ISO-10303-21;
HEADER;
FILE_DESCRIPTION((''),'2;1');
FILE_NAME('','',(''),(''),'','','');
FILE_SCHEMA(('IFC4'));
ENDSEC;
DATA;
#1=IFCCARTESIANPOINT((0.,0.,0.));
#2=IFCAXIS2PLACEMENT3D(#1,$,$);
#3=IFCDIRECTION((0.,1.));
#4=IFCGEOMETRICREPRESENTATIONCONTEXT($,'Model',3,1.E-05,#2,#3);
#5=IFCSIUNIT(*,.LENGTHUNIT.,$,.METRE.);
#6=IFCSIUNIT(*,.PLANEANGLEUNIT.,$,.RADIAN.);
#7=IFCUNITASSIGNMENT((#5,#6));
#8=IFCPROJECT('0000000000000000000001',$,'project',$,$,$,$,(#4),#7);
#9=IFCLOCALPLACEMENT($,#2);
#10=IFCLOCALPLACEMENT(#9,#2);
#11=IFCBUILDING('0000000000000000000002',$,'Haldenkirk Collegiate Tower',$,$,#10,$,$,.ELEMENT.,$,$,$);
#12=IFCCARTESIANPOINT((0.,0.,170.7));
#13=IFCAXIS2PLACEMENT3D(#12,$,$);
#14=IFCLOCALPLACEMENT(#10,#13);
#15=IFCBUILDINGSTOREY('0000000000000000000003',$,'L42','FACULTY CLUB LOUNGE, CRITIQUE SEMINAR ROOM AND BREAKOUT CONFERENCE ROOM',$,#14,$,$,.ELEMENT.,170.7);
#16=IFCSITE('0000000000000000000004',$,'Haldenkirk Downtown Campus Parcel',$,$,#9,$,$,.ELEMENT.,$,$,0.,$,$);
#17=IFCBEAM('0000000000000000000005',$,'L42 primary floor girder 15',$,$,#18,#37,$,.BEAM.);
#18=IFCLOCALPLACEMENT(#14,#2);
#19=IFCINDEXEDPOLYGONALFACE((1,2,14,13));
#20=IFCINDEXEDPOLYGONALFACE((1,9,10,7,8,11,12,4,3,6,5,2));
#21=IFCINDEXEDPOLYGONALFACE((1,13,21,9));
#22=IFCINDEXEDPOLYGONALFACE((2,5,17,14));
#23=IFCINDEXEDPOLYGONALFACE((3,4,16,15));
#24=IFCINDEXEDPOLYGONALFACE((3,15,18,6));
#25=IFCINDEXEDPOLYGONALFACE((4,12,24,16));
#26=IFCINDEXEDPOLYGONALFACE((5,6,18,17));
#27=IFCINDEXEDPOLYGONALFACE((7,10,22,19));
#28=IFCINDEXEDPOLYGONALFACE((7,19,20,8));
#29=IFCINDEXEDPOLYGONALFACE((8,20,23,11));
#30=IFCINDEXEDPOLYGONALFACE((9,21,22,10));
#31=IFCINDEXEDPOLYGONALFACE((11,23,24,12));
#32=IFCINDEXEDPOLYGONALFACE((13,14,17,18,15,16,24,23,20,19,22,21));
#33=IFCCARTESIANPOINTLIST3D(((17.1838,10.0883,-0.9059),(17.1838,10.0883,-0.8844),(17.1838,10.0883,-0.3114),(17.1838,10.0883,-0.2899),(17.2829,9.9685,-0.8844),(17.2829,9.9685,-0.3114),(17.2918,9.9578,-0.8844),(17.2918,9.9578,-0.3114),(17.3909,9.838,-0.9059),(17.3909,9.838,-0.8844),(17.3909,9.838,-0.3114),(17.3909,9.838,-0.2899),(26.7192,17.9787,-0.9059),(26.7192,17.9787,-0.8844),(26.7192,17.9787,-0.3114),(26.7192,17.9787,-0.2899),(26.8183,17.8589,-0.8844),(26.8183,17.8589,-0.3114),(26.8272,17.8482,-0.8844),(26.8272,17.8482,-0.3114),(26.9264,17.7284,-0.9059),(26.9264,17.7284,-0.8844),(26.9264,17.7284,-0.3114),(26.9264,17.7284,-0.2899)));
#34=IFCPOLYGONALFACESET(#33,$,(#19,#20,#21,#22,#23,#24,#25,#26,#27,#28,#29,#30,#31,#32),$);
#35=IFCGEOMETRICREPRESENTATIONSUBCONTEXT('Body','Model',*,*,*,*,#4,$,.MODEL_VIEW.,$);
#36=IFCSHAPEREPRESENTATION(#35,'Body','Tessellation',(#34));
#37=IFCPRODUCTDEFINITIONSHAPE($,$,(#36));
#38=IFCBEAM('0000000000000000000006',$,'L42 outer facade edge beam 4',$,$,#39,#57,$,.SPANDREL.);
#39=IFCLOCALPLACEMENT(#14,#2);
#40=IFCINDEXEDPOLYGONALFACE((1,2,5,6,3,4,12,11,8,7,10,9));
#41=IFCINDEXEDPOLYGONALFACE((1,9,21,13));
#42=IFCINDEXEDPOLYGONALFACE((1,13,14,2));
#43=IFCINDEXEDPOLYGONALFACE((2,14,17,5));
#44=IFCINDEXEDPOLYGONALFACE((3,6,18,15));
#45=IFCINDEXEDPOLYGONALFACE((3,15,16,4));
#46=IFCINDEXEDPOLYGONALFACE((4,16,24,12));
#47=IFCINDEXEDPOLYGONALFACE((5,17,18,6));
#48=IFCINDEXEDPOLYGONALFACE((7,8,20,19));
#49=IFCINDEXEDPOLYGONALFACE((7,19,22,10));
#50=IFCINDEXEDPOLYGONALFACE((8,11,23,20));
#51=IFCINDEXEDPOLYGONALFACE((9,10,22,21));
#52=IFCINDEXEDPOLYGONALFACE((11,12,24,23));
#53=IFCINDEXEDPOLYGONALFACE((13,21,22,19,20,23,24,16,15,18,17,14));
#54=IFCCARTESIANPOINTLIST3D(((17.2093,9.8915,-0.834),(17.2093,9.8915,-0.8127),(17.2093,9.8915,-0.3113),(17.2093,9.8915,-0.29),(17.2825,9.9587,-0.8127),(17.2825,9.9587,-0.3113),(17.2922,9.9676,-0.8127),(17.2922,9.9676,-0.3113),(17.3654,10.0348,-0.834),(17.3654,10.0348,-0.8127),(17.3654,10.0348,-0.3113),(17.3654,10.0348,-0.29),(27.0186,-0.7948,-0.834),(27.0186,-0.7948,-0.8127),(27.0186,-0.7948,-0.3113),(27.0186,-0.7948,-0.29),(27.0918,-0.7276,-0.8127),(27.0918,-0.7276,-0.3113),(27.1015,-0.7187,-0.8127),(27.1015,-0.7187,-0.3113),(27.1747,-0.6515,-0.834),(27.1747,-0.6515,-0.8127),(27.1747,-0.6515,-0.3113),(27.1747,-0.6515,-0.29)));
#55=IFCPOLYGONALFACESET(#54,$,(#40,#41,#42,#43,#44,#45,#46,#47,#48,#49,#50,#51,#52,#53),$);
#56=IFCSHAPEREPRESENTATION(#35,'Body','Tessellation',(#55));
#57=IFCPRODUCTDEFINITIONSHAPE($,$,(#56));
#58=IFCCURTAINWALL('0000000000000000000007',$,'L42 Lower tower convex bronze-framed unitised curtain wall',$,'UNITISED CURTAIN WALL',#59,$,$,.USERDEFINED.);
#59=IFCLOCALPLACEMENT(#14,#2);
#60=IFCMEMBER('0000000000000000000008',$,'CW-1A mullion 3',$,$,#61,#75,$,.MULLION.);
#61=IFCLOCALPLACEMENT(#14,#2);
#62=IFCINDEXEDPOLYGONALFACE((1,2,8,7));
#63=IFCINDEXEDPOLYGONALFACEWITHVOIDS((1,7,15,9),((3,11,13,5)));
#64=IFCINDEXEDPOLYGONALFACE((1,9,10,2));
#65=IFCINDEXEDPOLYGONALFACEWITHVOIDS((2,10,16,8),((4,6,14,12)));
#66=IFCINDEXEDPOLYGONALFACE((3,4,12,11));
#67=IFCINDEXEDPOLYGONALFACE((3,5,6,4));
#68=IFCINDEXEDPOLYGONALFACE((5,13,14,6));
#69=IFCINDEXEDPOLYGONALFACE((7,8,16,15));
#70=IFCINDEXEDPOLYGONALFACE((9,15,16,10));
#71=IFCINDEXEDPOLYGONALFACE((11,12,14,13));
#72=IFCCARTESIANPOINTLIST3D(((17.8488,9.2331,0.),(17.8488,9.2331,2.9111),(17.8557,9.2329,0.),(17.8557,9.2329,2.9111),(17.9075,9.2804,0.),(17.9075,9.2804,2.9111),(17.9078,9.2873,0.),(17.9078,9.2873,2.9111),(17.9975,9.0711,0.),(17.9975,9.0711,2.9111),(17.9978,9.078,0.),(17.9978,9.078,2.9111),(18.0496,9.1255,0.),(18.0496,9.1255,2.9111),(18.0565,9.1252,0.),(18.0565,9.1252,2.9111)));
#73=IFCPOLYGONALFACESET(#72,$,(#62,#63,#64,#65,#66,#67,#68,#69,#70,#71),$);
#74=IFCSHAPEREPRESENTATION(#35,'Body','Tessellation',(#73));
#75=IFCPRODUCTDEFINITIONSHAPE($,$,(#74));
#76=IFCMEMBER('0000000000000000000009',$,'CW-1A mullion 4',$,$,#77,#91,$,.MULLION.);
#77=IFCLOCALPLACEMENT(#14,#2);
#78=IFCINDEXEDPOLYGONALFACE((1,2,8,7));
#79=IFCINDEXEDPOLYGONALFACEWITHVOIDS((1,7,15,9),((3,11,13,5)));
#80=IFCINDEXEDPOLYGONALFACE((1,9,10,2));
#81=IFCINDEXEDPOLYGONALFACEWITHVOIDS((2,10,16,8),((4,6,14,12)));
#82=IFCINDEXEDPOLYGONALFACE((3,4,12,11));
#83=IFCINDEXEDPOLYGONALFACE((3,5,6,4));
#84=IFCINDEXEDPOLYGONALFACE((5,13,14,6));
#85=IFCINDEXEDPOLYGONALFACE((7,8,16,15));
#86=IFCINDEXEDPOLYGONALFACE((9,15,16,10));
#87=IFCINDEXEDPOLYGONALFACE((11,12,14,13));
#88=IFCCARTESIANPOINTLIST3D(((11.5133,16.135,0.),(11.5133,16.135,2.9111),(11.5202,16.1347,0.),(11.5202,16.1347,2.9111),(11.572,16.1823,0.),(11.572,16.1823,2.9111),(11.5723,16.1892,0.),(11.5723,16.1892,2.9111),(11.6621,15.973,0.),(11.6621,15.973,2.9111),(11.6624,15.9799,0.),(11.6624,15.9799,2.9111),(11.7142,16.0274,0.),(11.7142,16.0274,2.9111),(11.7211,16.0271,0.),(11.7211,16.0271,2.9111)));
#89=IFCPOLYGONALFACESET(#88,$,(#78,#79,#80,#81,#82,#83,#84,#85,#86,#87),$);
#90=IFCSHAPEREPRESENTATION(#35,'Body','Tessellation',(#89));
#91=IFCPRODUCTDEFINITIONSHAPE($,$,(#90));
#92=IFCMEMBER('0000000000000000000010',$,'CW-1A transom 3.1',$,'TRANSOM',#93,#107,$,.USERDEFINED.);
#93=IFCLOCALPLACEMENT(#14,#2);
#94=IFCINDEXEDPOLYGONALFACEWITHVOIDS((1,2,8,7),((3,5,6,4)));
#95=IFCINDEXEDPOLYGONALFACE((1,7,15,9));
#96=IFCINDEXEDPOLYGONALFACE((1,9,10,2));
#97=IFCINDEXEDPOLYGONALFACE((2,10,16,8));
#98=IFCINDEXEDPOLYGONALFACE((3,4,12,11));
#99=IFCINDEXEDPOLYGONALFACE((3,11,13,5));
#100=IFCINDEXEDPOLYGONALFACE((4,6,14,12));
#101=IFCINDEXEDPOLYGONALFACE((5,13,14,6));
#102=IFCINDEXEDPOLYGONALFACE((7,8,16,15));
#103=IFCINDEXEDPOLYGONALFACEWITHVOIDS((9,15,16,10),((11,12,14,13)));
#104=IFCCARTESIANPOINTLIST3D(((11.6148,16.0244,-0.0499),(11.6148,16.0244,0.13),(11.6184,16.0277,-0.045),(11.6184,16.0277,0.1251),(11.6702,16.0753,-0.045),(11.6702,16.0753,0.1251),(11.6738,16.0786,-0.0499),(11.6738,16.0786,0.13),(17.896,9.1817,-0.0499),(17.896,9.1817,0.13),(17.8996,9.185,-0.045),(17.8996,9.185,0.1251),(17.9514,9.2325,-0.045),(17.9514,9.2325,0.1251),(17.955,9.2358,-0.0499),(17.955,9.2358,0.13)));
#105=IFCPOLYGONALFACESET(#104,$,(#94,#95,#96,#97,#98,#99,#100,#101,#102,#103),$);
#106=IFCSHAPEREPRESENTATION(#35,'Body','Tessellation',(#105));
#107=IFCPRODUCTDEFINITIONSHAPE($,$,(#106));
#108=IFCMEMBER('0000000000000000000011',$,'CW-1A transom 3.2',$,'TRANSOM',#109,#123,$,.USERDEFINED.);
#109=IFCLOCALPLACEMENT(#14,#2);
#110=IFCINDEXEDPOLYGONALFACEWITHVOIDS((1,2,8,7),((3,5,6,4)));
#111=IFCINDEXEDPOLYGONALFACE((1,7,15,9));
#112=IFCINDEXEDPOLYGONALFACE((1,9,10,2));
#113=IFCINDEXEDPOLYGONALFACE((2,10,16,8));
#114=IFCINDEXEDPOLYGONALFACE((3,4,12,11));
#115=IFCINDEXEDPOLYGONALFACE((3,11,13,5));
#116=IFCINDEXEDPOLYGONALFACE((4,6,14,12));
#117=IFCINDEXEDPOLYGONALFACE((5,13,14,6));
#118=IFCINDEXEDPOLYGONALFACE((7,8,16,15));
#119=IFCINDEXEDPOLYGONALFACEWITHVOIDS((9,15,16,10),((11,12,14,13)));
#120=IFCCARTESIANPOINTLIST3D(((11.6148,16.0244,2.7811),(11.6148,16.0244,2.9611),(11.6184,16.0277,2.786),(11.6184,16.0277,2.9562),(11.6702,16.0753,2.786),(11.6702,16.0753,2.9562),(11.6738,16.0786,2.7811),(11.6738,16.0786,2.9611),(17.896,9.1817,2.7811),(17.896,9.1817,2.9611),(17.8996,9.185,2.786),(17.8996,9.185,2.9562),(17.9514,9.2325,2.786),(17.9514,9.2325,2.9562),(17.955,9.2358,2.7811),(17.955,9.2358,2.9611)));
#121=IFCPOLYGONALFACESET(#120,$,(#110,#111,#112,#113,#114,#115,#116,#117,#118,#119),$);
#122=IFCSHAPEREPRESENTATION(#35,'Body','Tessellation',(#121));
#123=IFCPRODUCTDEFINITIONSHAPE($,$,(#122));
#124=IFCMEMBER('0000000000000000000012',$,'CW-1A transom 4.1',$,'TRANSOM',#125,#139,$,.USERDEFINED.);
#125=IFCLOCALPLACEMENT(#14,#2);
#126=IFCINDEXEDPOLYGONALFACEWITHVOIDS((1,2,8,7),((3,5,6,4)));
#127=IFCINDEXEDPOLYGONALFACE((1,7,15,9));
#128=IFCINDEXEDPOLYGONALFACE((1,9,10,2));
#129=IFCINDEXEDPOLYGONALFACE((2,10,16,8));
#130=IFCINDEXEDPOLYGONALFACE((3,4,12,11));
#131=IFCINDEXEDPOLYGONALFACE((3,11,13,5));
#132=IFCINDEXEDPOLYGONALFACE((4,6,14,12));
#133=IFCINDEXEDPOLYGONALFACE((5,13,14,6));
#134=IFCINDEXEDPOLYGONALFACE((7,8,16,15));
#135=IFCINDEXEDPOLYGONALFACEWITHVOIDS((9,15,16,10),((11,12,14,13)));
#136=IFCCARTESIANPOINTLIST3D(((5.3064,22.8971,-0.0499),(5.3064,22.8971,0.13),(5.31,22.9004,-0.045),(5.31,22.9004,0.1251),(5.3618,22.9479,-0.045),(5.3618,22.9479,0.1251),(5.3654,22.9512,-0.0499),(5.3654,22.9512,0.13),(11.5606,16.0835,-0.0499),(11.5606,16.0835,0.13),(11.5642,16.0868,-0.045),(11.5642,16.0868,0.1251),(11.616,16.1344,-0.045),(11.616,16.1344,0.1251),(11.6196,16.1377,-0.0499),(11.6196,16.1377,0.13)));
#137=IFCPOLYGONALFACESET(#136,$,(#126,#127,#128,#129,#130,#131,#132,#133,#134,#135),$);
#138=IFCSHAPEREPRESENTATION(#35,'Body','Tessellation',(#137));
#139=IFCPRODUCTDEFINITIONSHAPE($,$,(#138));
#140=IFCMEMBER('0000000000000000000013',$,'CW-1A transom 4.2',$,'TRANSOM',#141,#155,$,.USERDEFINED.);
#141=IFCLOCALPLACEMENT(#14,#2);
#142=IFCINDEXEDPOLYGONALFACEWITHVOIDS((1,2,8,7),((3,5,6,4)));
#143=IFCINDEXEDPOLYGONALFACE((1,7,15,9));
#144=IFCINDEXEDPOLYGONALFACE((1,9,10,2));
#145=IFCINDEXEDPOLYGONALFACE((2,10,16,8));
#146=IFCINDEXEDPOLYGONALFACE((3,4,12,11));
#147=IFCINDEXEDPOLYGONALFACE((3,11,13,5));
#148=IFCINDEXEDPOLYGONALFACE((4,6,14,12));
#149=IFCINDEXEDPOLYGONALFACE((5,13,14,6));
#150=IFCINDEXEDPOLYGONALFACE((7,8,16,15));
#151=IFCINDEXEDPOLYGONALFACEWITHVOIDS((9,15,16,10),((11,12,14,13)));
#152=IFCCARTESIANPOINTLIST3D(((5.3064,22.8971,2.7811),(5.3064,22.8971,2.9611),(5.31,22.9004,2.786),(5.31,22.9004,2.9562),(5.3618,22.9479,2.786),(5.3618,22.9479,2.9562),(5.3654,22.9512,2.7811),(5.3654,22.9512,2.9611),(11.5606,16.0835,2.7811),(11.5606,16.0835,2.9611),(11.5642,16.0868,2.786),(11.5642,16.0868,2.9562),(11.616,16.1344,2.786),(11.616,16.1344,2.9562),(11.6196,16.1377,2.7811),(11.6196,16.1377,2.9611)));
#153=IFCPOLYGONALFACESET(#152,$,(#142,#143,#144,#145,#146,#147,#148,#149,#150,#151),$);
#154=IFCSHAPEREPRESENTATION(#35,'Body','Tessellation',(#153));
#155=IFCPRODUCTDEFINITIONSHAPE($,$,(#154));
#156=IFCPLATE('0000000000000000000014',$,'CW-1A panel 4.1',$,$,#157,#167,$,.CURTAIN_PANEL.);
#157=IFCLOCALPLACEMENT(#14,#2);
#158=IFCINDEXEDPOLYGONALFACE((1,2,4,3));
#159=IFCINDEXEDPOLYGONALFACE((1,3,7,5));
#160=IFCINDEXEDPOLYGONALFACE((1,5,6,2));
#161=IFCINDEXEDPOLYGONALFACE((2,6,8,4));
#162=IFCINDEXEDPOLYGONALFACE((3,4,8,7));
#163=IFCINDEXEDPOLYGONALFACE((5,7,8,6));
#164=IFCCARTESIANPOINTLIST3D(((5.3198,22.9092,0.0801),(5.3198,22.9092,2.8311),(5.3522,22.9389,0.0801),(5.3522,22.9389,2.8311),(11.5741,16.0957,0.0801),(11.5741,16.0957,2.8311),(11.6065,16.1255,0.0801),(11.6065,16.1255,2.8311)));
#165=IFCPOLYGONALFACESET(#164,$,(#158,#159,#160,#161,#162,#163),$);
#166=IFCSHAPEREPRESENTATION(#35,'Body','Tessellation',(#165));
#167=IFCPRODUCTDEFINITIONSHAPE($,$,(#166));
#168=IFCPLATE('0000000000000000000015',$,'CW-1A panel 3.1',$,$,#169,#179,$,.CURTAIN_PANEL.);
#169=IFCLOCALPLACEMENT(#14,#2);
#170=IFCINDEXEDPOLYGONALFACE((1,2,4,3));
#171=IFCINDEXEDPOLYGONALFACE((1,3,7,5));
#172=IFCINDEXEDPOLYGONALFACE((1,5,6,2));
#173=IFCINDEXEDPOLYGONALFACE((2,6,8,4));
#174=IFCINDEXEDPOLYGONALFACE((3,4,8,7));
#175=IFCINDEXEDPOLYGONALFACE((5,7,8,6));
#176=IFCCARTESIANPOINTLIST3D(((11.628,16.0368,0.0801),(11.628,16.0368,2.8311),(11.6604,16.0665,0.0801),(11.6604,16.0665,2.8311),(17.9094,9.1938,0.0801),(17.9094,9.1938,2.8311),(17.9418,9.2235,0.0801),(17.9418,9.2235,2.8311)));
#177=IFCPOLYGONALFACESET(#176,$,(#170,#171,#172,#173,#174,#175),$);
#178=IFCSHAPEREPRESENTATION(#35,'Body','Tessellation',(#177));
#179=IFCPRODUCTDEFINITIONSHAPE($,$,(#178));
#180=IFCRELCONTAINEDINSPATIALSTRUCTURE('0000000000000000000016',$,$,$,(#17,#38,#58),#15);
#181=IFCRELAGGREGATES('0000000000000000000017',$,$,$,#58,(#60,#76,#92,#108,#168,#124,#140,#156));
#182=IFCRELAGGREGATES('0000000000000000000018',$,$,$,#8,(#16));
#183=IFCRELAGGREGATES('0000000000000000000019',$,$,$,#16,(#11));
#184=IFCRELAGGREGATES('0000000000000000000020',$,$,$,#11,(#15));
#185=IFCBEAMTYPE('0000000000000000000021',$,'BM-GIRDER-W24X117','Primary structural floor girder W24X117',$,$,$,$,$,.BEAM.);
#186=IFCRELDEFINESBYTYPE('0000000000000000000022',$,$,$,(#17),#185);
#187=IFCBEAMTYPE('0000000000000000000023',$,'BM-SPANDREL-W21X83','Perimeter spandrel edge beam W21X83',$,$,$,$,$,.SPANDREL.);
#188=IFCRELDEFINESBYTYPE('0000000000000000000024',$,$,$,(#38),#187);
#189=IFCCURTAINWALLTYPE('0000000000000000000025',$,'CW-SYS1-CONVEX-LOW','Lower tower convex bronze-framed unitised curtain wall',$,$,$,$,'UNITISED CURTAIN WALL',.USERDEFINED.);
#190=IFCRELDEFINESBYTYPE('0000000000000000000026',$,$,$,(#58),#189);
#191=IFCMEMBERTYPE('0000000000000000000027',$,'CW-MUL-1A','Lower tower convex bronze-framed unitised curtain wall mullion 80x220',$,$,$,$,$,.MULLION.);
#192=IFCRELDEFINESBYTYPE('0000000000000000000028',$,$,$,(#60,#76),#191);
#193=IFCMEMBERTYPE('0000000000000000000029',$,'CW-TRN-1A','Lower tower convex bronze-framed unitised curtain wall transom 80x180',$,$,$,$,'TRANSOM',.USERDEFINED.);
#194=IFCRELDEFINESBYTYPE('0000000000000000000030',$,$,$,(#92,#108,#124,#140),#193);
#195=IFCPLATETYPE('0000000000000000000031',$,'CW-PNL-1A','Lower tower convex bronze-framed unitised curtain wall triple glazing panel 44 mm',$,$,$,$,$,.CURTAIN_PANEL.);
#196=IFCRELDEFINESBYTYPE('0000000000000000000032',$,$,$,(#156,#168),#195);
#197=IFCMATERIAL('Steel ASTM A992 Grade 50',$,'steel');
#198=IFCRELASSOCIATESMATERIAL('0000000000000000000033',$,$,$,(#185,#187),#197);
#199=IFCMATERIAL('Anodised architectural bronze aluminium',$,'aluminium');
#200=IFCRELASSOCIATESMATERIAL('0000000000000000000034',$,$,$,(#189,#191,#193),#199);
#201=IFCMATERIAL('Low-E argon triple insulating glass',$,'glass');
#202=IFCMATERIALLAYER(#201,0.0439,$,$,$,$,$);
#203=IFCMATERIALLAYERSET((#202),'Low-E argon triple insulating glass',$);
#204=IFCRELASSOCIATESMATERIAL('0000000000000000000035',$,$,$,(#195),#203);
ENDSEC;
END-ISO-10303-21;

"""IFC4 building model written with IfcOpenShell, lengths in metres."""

from ifc_helpers import new_model, si_unit, direction, frame, origin, origin_2d, place, context, subcontext, project, spatial, rectangle, hollow_rectangle, i_section, extrude, source, transform, mapped, material, layer, layer_set, material_profile, profile_set, type_object, element, aggregate, save


model = new_model("IFC4")

# Units and contexts
model_context = context("Model", 3, precision=1e-05, world=origin(), true_north=direction((0.0, 1.0)))
body_context = subcontext(model_context, "Body", "Model", "MODEL_VIEW")
ifc_project = project(units=[si_unit("LENGTHUNIT", "METRE"), si_unit("PLANEANGLEUNIT", "RADIAN")], contexts=[model_context])

# Site, building, storey
site_placement = place(None, origin())
site = spatial("IfcSite", under=ifc_project, at=site_placement, Name="Haldenkirk Downtown Campus Parcel", CompositionType="ELEMENT", RefElevation=0.0)
building_placement = place(site_placement, origin())
building = spatial("IfcBuilding", under=site, at=building_placement, Name="Haldenkirk Collegiate Tower", CompositionType="ELEMENT")
storey_placement = place(building_placement, frame((0.0, 0.0, 170.7)))
storey = spatial("IfcBuildingStorey", under=building, at=storey_placement, Name="L42", Description="FACULTY CLUB LOUNGE, CRITIQUE SEMINAR ROOM AND BREAKOUT CONFERENCE ROOM", CompositionType="ELEMENT", Elevation=170.7)

# Beams
ifc_material_1 = material(Name="Steel ASTM A992 Grade 50", Category="steel")
ifc_material_profile_1 = material_profile(ifc_material_1, i_section(OverallWidth=0.325, OverallDepth=0.616, WebThickness=0.0139, FlangeThickness=0.0215, at=origin_2d()), Name="W24X117")
ifc_profile_set_1 = profile_set([ifc_material_profile_1], Name="Steel ASTM A992 Grade 50")
beam_type_1 = type_object("IfcBeamType", Name="BM-GIRDER-W24X117", Description="Primary structural floor girder W24X117", PredefinedType="BEAM", material=ifc_profile_set_1)
beam_1_placement = place(storey_placement, frame((17.2874, 9.9631, -0.5979), z_axis=(0.770433, 0.63752, 0.0), x_axis=(-0.63752, 0.770433, 0.0)))
element("IfcBeam", 1, at=beam_1_placement, inside=storey, type_object=beam_type_1, Name="L42 primary floor girder 15", PredefinedType="BEAM", context=body_context, shape_type="SweptSolid", body=[
    extrude(i_section(OverallWidth=0.325, OverallDepth=0.616, WebThickness=0.0139, FlangeThickness=0.0215, at=origin_2d()), origin(), (0.0, 0.0, 1.0), 12.3767),
])
ifc_material_profile_2 = material_profile(ifc_material_1, i_section(OverallWidth=0.2119, OverallDepth=0.5439, WebThickness=0.0132, FlangeThickness=0.0212, at=origin_2d()), Name="W21X83")
ifc_profile_set_2 = profile_set([ifc_material_profile_2], Name="Steel ASTM A992 Grade 50")
beam_type_2 = type_object("IfcBeamType", Name="BM-SPANDREL-W21X83", Description="Perimeter spandrel edge beam W21X83", PredefinedType="SPANDREL", material=ifc_profile_set_2)
beam_2_placement = place(storey_placement, frame((17.2874, 9.9631, -0.562), z_axis=(0.676233, -0.736688, 0.0), x_axis=(0.736688, 0.676233, 0.0)))
element("IfcBeam", 2, at=beam_2_placement, inside=storey, type_object=beam_type_2, Name="L42 outer facade edge beam 4", PredefinedType="SPANDREL", context=body_context, shape_type="SweptSolid", body=[
    extrude(i_section(OverallWidth=0.2119, OverallDepth=0.5439, WebThickness=0.0132, FlangeThickness=0.0212, at=origin_2d()), origin(), (0.0, 0.0, 1.0), 14.5059),
])

# Curtain wall, members, plates
ifc_material_2 = material(Name="Anodised architectural bronze aluminium", Category="aluminium")
curtain_wall_type = type_object("IfcCurtainWallType", Name="CW-SYS1-CONVEX-LOW", Description="Lower tower convex bronze-framed unitised curtain wall", ElementType="UNITISED CURTAIN WALL", PredefinedType="USERDEFINED", material=ifc_material_2)
curtain_wall_placement = place(storey_placement, origin())
curtain_wall = element("IfcCurtainWall", 3, at=curtain_wall_placement, inside=storey, type_object=curtain_wall_type, Name="L42 Lower tower convex bronze-framed unitised curtain wall", ObjectType="UNITISED CURTAIN WALL", PredefinedType="USERDEFINED")
ifc_material_profile_3 = material_profile(ifc_material_2, hollow_rectangle(XDim=0.0801, YDim=0.22, WallThickness=0.0049, at=origin_2d()), Name="CW-MUL-1A")
ifc_profile_set_3 = profile_set([ifc_material_profile_3], Name="Anodised architectural bronze aluminium")
member_type_1 = type_object("IfcMemberType", Name="CW-MUL-1A", Description="Lower tower convex bronze-framed unitised curtain wall mullion 80x220", PredefinedType="MULLION", material=ifc_profile_set_3)
member_1_placement = place(storey_placement, frame((17.9526, 9.1792, 0.0), z_axis=(0.0, 0.0, 1.0), x_axis=(-0.736689, -0.676232, 0.0)))
member_1 = element("IfcMember", 4, at=member_1_placement, type_object=member_type_1, Name="CW-1A mullion 3", PredefinedType="MULLION", context=body_context, shape_type="SweptSolid", body=[
    extrude(hollow_rectangle(XDim=0.0801, YDim=0.22, WallThickness=0.0049, at=origin_2d()), origin(), (0.0, 0.0, 1.0), 2.9111),
])
member_2_placement = place(storey_placement, frame((11.6172, 16.0811, 0.0), z_axis=(0.0, 0.0, 1.0), x_axis=(-0.736689, -0.676232, 0.0)))
member_2 = element("IfcMember", 5, at=member_2_placement, type_object=member_type_1, Name="CW-1A mullion 4", PredefinedType="MULLION", context=body_context, shape_type="SweptSolid", body=[
    extrude(hollow_rectangle(XDim=0.0801, YDim=0.22, WallThickness=0.0049, at=origin_2d()), origin(), (0.0, 0.0, 1.0), 2.9111),
])
ifc_material_profile_4 = material_profile(ifc_material_2, hollow_rectangle(XDim=0.0801, YDim=0.1799, WallThickness=0.0049, at=origin_2d()), Name="CW-TRN-1A")
ifc_profile_set_4 = profile_set([ifc_material_profile_4], Name="Anodised architectural bronze aluminium")
member_type_2 = type_object("IfcMemberType", Name="CW-TRN-1A", Description="Lower tower convex bronze-framed unitised curtain wall transom 80x180", ElementType="TRANSOM", PredefinedType="USERDEFINED", material=ifc_profile_set_4)
member_3_placement = place(storey_placement, frame((17.9255, 9.2087, 0.04), z_axis=(-0.676234, 0.736687, 0.0), x_axis=(-0.736687, -0.676234, 0.0)))
member_3 = element("IfcMember", 6, at=member_3_placement, type_object=member_type_2, Name="CW-1A transom 3.1", ObjectType="TRANSOM", PredefinedType="USERDEFINED", context=body_context, shape_type="SweptSolid", body=[
    extrude(hollow_rectangle(XDim=0.0801, YDim=0.1799, WallThickness=0.0049, at=origin_2d()), origin(), (0.0, 0.0, 1.0), 9.2886),
])
member_4_placement = place(storey_placement, frame((17.9255, 9.2087, 2.8711), z_axis=(-0.676234, 0.736687, 0.0), x_axis=(-0.736687, -0.676234, 0.0)))
member_4 = element("IfcMember", 7, at=member_4_placement, type_object=member_type_2, Name="CW-1A transom 3.2", ObjectType="TRANSOM", PredefinedType="USERDEFINED", context=body_context, shape_type="SweptSolid", body=[
    extrude(hollow_rectangle(XDim=0.0801, YDim=0.1799, WallThickness=0.0049, at=origin_2d()), origin(), (0.0, 0.0, 1.0), 9.2886),
])
member_5_placement = place(storey_placement, frame((11.5901, 16.1106, 0.04), z_axis=(-0.676222, 0.736698, 0.0), x_axis=(-0.736698, -0.676222, 0.0)))
member_5 = element("IfcMember", 8, at=member_5_placement, type_object=member_type_2, Name="CW-1A transom 4.1", ObjectType="TRANSOM", PredefinedType="USERDEFINED", context=body_context, shape_type="SweptSolid", body=[
    extrude(hollow_rectangle(XDim=0.0801, YDim=0.1799, WallThickness=0.0049, at=origin_2d()), origin(), (0.0, 0.0, 1.0), 9.2488),
])
member_6_placement = place(storey_placement, frame((11.5901, 16.1106, 2.8711), z_axis=(-0.676222, 0.736698, 0.0), x_axis=(-0.736698, -0.676222, 0.0)))
member_6 = element("IfcMember", 9, at=member_6_placement, type_object=member_type_2, Name="CW-1A transom 4.2", ObjectType="TRANSOM", PredefinedType="USERDEFINED", context=body_context, shape_type="SweptSolid", body=[
    extrude(hollow_rectangle(XDim=0.0801, YDim=0.1799, WallThickness=0.0049, at=origin_2d()), origin(), (0.0, 0.0, 1.0), 9.2488),
])
ifc_material_3 = material(Name="Low-E argon triple insulating glass", Category="glass")
ifc_layer_1 = layer(ifc_material_3, 0.0439)
ifc_layer_set_1 = layer_set([ifc_layer_1], Name="Low-E argon triple insulating glass")
plate_type = type_object("IfcPlateType", Name="CW-PNL-1A", Description="Lower tower convex bronze-framed unitised curtain wall triple glazing panel 44 mm", PredefinedType="CURTAIN_PANEL", material=ifc_layer_set_1)
shared_shape_1 = source(origin(), body_context, "Body", "SweptSolid", [
    extrude(rectangle(XDim=9.2488, YDim=0.0439, at=origin_2d()), origin(), (0.0, 0.0, 1.0), 2.751),
])
plate_1_placement = place(storey_placement, frame((8.4631, 19.5173, 0.0801), z_axis=(0.0, 0.0, 1.0), x_axis=(-0.676232, 0.736689, 0.0)))
plate_1 = element("IfcPlate", 10, at=plate_1_placement, type_object=plate_type, Name="CW-1A panel 4.1", PredefinedType="CURTAIN_PANEL", context=body_context, shape_type="MappedRepresentation", body=[
    mapped(shared_shape_1, transform((0.0, 0.0, 0.0), x_axis=(1.0, 0.0, 0.0), y_axis=(0.0, 1.0, 0.0), z_axis=(0.0, 0.0, 1.0), scale=1.0)),
])
shared_shape_2 = source(origin(), body_context, "Body", "SweptSolid", [
    extrude(rectangle(XDim=9.2888, YDim=0.0439, at=origin_2d()), origin(), (0.0, 0.0, 1.0), 2.751),
])
plate_2_placement = place(storey_placement, frame((14.7849, 12.6301, 0.0801), z_axis=(0.0, 0.0, 1.0), x_axis=(-0.676232, 0.736689, 0.0)))
plate_2 = element("IfcPlate", 11, at=plate_2_placement, type_object=plate_type, Name="CW-1A panel 3.1", PredefinedType="CURTAIN_PANEL", context=body_context, shape_type="MappedRepresentation", body=[
    mapped(shared_shape_2, transform((0.0, 0.0, 0.0), x_axis=(1.0, 0.0, 0.0), y_axis=(0.0, 1.0, 0.0), z_axis=(0.0, 0.0, 1.0), scale=1.0)),
])
aggregate(curtain_wall, [member_1, member_2, member_3, member_4, plate_2, member_5, member_6, plate_1])

save(model, "model.ifc")
